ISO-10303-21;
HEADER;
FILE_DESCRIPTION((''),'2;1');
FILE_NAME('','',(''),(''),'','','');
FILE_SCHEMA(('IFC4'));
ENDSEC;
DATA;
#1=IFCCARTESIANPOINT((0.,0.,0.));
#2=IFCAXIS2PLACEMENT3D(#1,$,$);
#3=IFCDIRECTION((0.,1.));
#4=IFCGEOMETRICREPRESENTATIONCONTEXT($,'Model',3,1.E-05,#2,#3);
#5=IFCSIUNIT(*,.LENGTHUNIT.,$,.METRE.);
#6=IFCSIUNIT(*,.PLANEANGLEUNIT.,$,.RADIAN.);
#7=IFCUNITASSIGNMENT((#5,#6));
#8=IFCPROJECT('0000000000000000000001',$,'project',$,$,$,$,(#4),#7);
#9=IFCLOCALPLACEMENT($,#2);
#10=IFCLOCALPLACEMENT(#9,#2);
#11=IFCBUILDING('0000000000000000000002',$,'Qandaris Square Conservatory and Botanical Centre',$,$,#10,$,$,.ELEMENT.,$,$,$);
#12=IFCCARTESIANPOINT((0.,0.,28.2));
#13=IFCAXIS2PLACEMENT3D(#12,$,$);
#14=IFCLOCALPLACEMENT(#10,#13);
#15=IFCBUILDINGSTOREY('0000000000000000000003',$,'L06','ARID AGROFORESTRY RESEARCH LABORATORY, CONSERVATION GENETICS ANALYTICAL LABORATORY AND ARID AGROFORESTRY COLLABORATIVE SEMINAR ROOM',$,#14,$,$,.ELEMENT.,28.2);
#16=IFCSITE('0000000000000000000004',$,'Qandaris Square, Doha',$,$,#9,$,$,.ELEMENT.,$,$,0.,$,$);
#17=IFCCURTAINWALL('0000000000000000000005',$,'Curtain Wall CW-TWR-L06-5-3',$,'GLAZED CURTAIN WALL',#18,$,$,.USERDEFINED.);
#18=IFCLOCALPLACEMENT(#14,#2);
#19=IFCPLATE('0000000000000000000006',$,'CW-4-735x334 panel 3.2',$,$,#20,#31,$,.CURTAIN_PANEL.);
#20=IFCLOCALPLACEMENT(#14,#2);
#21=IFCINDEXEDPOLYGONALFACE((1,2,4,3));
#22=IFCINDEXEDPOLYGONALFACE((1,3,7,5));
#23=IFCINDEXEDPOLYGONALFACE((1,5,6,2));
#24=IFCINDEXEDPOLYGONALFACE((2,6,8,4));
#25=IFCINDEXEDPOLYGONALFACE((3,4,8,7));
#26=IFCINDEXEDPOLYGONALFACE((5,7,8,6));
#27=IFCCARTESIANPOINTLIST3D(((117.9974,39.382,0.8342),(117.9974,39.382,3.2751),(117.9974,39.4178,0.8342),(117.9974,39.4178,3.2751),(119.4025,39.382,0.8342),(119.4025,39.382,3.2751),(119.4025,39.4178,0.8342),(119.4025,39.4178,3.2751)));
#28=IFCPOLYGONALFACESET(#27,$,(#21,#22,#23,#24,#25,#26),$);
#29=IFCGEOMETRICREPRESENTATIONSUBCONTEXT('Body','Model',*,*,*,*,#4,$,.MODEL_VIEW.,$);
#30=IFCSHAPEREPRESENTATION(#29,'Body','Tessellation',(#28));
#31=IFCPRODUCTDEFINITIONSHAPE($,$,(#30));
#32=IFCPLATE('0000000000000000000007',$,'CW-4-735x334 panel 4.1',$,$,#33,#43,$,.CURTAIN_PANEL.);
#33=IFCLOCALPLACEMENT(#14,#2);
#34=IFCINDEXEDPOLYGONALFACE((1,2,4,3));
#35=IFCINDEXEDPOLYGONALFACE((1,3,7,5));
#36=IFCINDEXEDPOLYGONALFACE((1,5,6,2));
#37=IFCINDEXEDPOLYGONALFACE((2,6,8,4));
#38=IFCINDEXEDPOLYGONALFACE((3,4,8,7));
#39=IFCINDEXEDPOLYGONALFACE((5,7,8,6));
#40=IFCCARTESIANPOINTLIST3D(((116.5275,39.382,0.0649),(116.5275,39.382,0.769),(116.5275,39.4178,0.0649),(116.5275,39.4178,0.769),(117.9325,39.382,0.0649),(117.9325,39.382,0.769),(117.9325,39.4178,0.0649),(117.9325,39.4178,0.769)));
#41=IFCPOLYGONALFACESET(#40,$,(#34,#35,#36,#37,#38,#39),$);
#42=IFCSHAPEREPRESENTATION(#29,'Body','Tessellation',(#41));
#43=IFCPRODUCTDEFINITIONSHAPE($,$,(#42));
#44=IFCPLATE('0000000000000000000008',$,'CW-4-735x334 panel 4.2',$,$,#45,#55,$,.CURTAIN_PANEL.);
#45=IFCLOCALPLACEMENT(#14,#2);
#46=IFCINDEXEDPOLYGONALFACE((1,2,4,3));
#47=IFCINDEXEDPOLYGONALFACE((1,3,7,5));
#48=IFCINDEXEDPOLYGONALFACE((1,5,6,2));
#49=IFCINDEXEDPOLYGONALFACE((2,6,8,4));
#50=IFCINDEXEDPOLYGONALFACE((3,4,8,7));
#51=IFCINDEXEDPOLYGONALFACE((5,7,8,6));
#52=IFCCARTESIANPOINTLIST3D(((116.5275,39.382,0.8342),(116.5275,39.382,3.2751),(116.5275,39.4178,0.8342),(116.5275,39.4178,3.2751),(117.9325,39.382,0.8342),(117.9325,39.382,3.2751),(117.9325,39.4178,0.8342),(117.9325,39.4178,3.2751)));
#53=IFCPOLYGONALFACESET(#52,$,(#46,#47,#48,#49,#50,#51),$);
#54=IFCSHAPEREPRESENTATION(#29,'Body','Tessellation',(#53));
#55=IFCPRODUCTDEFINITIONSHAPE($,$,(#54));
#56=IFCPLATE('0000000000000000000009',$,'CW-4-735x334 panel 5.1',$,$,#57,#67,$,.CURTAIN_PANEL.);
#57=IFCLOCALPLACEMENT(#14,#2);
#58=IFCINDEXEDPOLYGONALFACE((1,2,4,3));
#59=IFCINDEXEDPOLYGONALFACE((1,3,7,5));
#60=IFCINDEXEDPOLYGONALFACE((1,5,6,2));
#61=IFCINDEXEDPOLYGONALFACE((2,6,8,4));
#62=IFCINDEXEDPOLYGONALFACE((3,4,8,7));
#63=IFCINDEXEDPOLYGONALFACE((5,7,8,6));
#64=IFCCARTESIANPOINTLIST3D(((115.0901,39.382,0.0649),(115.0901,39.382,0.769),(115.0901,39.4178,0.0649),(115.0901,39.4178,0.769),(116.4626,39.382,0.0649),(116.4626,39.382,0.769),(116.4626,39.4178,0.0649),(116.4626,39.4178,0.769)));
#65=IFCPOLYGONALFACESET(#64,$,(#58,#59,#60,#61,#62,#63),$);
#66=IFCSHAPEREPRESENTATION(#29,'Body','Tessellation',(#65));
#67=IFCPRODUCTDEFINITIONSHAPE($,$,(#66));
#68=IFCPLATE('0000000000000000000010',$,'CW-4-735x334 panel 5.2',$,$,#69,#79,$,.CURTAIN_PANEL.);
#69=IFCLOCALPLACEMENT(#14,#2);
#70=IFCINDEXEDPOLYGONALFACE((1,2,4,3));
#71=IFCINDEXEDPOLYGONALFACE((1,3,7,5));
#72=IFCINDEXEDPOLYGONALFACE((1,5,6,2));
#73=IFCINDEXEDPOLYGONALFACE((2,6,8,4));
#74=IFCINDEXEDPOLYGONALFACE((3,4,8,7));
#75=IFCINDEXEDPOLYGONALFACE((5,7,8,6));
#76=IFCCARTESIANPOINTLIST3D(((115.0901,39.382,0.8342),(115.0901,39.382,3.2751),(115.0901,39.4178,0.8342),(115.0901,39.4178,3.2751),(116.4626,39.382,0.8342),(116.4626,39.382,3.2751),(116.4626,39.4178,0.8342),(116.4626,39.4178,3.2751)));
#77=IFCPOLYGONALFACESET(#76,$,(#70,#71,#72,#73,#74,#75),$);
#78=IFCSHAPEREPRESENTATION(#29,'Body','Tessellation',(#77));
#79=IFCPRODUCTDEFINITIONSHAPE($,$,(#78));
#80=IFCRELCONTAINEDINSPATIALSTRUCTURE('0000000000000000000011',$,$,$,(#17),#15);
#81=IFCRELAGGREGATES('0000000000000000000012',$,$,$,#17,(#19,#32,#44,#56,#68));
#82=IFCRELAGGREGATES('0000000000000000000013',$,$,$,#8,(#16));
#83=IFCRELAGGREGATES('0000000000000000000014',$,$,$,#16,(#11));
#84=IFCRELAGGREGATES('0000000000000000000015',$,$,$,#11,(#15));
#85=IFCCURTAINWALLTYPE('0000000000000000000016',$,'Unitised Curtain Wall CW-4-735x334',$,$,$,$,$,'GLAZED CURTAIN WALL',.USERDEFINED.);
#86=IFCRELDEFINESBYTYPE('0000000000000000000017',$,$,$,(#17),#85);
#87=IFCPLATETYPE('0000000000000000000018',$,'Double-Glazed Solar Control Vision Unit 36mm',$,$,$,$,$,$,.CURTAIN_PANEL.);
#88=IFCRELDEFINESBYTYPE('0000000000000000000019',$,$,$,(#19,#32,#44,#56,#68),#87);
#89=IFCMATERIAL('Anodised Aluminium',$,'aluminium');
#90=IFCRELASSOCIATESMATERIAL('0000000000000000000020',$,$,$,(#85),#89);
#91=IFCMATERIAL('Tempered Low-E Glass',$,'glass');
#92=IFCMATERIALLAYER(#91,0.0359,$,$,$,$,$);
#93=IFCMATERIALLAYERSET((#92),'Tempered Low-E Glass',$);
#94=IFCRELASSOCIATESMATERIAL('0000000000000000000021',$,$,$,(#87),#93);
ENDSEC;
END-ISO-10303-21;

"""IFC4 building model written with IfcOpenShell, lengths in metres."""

from ifc_helpers import new_model, si_unit, direction, frame, origin, origin_2d, place, context, subcontext, project, spatial, rectangle, extrude, material, layer, layer_set, type_object, element, aggregate, save


model = new_model("IFC4")

# Units and contexts
model_context = context("Model", 3, precision=1e-05, world=origin(), true_north=direction((0.0, 1.0)))
body_context = subcontext(model_context, "Body", "Model", "MODEL_VIEW")
ifc_project = project(units=[si_unit("LENGTHUNIT", "METRE"), si_unit("PLANEANGLEUNIT", "RADIAN")], contexts=[model_context])

# Site, building, storey
site_placement = place(None, origin())
site = spatial("IfcSite", under=ifc_project, at=site_placement, Name="Qandaris Square, Doha", CompositionType="ELEMENT", RefElevation=0.0)
building_placement = place(site_placement, origin())
building = spatial("IfcBuilding", under=site, at=building_placement, Name="Qandaris Square Conservatory and Botanical Centre", CompositionType="ELEMENT")
storey_placement = place(building_placement, frame((0.0, 0.0, 28.2)))
storey = spatial("IfcBuildingStorey", under=building, at=storey_placement, Name="L06", Description="ARID AGROFORESTRY RESEARCH LABORATORY, CONSERVATION GENETICS ANALYTICAL LABORATORY AND ARID AGROFORESTRY COLLABORATIVE SEMINAR ROOM", CompositionType="ELEMENT", Elevation=28.2)

# Curtain wall
ifc_material_1 = material(Name="Anodised Aluminium", Category="aluminium")
curtain_wall_type = type_object("IfcCurtainWallType", Name="Unitised Curtain Wall CW-4-735x334", ElementType="GLAZED CURTAIN WALL", PredefinedType="USERDEFINED", material=ifc_material_1)
curtain_wall_placement = place(storey_placement, origin())
curtain_wall = element("IfcCurtainWall", 1, at=curtain_wall_placement, inside=storey, type_object=curtain_wall_type, Name="Curtain Wall CW-TWR-L06-5-3", ObjectType="GLAZED CURTAIN WALL", PredefinedType="USERDEFINED")

# Plates
ifc_material_2 = material(Name="Tempered Low-E Glass", Category="glass")
ifc_layer = layer(ifc_material_2, 0.0359)
ifc_layer_set = layer_set([ifc_layer], Name="Tempered Low-E Glass")
plate_type = type_object("IfcPlateType", Name="Double-Glazed Solar Control Vision Unit 36mm", PredefinedType="CURTAIN_PANEL", material=ifc_layer_set)
plate_1_placement = place(storey_placement, frame((118.7, 39.3999, 0.8342), z_axis=(0.0, 0.0, 1.0), x_axis=(-1.0, 0.0, 0.0)))
plate_1 = element("IfcPlate", 2, at=plate_1_placement, type_object=plate_type, Name="CW-4-735x334 panel 3.2", PredefinedType="CURTAIN_PANEL", context=body_context, shape_type="SweptSolid", body=[
    extrude(rectangle(XDim=1.405, YDim=0.0359, at=origin_2d()), origin(), (0.0, 0.0, 1.0), 2.4409),
])
plate_2_placement = place(storey_placement, frame((117.23, 39.3999, 0.0649), z_axis=(0.0, 0.0, 1.0), x_axis=(-1.0, 0.0, 0.0)))
plate_2 = element("IfcPlate", 3, at=plate_2_placement, type_object=plate_type, Name="CW-4-735x334 panel 4.1", PredefinedType="CURTAIN_PANEL", context=body_context, shape_type="SweptSolid", body=[
    extrude(rectangle(XDim=1.405, YDim=0.0359, at=origin_2d()), origin(), (0.0, 0.0, 1.0), 0.7041),
])
plate_3_placement = place(storey_placement, frame((117.23, 39.3999, 0.8342), z_axis=(0.0, 0.0, 1.0), x_axis=(-1.0, 0.0, 0.0)))
plate_3 = element("IfcPlate", 4, at=plate_3_placement, type_object=plate_type, Name="CW-4-735x334 panel 4.2", PredefinedType="CURTAIN_PANEL", context=body_context, shape_type="SweptSolid", body=[
    extrude(rectangle(XDim=1.405, YDim=0.0359, at=origin_2d()), origin(), (0.0, 0.0, 1.0), 2.4409),
])
plate_4_placement = place(storey_placement, frame((115.7764, 39.3999, 0.0649), z_axis=(0.0, 0.0, 1.0), x_axis=(-1.0, 0.0, 0.0)))
plate_4 = element("IfcPlate", 5, at=plate_4_placement, type_object=plate_type, Name="CW-4-735x334 panel 5.1", PredefinedType="CURTAIN_PANEL", context=body_context, shape_type="SweptSolid", body=[
    extrude(rectangle(XDim=1.3726, YDim=0.0359, at=origin_2d()), origin(), (0.0, 0.0, 1.0), 0.7041),
])
plate_5_placement = place(storey_placement, frame((115.7764, 39.3999, 0.8342), z_axis=(0.0, 0.0, 1.0), x_axis=(-1.0, 0.0, 0.0)))
plate_5 = element("IfcPlate", 6, at=plate_5_placement, type_object=plate_type, Name="CW-4-735x334 panel 5.2", PredefinedType="CURTAIN_PANEL", context=body_context, shape_type="SweptSolid", body=[
    extrude(rectangle(XDim=1.3726, YDim=0.0359, at=origin_2d()), origin(), (0.0, 0.0, 1.0), 2.4409),
])
aggregate(curtain_wall, [plate_1, plate_2, plate_3, plate_4, plate_5])

save(model, "model.ifc")
